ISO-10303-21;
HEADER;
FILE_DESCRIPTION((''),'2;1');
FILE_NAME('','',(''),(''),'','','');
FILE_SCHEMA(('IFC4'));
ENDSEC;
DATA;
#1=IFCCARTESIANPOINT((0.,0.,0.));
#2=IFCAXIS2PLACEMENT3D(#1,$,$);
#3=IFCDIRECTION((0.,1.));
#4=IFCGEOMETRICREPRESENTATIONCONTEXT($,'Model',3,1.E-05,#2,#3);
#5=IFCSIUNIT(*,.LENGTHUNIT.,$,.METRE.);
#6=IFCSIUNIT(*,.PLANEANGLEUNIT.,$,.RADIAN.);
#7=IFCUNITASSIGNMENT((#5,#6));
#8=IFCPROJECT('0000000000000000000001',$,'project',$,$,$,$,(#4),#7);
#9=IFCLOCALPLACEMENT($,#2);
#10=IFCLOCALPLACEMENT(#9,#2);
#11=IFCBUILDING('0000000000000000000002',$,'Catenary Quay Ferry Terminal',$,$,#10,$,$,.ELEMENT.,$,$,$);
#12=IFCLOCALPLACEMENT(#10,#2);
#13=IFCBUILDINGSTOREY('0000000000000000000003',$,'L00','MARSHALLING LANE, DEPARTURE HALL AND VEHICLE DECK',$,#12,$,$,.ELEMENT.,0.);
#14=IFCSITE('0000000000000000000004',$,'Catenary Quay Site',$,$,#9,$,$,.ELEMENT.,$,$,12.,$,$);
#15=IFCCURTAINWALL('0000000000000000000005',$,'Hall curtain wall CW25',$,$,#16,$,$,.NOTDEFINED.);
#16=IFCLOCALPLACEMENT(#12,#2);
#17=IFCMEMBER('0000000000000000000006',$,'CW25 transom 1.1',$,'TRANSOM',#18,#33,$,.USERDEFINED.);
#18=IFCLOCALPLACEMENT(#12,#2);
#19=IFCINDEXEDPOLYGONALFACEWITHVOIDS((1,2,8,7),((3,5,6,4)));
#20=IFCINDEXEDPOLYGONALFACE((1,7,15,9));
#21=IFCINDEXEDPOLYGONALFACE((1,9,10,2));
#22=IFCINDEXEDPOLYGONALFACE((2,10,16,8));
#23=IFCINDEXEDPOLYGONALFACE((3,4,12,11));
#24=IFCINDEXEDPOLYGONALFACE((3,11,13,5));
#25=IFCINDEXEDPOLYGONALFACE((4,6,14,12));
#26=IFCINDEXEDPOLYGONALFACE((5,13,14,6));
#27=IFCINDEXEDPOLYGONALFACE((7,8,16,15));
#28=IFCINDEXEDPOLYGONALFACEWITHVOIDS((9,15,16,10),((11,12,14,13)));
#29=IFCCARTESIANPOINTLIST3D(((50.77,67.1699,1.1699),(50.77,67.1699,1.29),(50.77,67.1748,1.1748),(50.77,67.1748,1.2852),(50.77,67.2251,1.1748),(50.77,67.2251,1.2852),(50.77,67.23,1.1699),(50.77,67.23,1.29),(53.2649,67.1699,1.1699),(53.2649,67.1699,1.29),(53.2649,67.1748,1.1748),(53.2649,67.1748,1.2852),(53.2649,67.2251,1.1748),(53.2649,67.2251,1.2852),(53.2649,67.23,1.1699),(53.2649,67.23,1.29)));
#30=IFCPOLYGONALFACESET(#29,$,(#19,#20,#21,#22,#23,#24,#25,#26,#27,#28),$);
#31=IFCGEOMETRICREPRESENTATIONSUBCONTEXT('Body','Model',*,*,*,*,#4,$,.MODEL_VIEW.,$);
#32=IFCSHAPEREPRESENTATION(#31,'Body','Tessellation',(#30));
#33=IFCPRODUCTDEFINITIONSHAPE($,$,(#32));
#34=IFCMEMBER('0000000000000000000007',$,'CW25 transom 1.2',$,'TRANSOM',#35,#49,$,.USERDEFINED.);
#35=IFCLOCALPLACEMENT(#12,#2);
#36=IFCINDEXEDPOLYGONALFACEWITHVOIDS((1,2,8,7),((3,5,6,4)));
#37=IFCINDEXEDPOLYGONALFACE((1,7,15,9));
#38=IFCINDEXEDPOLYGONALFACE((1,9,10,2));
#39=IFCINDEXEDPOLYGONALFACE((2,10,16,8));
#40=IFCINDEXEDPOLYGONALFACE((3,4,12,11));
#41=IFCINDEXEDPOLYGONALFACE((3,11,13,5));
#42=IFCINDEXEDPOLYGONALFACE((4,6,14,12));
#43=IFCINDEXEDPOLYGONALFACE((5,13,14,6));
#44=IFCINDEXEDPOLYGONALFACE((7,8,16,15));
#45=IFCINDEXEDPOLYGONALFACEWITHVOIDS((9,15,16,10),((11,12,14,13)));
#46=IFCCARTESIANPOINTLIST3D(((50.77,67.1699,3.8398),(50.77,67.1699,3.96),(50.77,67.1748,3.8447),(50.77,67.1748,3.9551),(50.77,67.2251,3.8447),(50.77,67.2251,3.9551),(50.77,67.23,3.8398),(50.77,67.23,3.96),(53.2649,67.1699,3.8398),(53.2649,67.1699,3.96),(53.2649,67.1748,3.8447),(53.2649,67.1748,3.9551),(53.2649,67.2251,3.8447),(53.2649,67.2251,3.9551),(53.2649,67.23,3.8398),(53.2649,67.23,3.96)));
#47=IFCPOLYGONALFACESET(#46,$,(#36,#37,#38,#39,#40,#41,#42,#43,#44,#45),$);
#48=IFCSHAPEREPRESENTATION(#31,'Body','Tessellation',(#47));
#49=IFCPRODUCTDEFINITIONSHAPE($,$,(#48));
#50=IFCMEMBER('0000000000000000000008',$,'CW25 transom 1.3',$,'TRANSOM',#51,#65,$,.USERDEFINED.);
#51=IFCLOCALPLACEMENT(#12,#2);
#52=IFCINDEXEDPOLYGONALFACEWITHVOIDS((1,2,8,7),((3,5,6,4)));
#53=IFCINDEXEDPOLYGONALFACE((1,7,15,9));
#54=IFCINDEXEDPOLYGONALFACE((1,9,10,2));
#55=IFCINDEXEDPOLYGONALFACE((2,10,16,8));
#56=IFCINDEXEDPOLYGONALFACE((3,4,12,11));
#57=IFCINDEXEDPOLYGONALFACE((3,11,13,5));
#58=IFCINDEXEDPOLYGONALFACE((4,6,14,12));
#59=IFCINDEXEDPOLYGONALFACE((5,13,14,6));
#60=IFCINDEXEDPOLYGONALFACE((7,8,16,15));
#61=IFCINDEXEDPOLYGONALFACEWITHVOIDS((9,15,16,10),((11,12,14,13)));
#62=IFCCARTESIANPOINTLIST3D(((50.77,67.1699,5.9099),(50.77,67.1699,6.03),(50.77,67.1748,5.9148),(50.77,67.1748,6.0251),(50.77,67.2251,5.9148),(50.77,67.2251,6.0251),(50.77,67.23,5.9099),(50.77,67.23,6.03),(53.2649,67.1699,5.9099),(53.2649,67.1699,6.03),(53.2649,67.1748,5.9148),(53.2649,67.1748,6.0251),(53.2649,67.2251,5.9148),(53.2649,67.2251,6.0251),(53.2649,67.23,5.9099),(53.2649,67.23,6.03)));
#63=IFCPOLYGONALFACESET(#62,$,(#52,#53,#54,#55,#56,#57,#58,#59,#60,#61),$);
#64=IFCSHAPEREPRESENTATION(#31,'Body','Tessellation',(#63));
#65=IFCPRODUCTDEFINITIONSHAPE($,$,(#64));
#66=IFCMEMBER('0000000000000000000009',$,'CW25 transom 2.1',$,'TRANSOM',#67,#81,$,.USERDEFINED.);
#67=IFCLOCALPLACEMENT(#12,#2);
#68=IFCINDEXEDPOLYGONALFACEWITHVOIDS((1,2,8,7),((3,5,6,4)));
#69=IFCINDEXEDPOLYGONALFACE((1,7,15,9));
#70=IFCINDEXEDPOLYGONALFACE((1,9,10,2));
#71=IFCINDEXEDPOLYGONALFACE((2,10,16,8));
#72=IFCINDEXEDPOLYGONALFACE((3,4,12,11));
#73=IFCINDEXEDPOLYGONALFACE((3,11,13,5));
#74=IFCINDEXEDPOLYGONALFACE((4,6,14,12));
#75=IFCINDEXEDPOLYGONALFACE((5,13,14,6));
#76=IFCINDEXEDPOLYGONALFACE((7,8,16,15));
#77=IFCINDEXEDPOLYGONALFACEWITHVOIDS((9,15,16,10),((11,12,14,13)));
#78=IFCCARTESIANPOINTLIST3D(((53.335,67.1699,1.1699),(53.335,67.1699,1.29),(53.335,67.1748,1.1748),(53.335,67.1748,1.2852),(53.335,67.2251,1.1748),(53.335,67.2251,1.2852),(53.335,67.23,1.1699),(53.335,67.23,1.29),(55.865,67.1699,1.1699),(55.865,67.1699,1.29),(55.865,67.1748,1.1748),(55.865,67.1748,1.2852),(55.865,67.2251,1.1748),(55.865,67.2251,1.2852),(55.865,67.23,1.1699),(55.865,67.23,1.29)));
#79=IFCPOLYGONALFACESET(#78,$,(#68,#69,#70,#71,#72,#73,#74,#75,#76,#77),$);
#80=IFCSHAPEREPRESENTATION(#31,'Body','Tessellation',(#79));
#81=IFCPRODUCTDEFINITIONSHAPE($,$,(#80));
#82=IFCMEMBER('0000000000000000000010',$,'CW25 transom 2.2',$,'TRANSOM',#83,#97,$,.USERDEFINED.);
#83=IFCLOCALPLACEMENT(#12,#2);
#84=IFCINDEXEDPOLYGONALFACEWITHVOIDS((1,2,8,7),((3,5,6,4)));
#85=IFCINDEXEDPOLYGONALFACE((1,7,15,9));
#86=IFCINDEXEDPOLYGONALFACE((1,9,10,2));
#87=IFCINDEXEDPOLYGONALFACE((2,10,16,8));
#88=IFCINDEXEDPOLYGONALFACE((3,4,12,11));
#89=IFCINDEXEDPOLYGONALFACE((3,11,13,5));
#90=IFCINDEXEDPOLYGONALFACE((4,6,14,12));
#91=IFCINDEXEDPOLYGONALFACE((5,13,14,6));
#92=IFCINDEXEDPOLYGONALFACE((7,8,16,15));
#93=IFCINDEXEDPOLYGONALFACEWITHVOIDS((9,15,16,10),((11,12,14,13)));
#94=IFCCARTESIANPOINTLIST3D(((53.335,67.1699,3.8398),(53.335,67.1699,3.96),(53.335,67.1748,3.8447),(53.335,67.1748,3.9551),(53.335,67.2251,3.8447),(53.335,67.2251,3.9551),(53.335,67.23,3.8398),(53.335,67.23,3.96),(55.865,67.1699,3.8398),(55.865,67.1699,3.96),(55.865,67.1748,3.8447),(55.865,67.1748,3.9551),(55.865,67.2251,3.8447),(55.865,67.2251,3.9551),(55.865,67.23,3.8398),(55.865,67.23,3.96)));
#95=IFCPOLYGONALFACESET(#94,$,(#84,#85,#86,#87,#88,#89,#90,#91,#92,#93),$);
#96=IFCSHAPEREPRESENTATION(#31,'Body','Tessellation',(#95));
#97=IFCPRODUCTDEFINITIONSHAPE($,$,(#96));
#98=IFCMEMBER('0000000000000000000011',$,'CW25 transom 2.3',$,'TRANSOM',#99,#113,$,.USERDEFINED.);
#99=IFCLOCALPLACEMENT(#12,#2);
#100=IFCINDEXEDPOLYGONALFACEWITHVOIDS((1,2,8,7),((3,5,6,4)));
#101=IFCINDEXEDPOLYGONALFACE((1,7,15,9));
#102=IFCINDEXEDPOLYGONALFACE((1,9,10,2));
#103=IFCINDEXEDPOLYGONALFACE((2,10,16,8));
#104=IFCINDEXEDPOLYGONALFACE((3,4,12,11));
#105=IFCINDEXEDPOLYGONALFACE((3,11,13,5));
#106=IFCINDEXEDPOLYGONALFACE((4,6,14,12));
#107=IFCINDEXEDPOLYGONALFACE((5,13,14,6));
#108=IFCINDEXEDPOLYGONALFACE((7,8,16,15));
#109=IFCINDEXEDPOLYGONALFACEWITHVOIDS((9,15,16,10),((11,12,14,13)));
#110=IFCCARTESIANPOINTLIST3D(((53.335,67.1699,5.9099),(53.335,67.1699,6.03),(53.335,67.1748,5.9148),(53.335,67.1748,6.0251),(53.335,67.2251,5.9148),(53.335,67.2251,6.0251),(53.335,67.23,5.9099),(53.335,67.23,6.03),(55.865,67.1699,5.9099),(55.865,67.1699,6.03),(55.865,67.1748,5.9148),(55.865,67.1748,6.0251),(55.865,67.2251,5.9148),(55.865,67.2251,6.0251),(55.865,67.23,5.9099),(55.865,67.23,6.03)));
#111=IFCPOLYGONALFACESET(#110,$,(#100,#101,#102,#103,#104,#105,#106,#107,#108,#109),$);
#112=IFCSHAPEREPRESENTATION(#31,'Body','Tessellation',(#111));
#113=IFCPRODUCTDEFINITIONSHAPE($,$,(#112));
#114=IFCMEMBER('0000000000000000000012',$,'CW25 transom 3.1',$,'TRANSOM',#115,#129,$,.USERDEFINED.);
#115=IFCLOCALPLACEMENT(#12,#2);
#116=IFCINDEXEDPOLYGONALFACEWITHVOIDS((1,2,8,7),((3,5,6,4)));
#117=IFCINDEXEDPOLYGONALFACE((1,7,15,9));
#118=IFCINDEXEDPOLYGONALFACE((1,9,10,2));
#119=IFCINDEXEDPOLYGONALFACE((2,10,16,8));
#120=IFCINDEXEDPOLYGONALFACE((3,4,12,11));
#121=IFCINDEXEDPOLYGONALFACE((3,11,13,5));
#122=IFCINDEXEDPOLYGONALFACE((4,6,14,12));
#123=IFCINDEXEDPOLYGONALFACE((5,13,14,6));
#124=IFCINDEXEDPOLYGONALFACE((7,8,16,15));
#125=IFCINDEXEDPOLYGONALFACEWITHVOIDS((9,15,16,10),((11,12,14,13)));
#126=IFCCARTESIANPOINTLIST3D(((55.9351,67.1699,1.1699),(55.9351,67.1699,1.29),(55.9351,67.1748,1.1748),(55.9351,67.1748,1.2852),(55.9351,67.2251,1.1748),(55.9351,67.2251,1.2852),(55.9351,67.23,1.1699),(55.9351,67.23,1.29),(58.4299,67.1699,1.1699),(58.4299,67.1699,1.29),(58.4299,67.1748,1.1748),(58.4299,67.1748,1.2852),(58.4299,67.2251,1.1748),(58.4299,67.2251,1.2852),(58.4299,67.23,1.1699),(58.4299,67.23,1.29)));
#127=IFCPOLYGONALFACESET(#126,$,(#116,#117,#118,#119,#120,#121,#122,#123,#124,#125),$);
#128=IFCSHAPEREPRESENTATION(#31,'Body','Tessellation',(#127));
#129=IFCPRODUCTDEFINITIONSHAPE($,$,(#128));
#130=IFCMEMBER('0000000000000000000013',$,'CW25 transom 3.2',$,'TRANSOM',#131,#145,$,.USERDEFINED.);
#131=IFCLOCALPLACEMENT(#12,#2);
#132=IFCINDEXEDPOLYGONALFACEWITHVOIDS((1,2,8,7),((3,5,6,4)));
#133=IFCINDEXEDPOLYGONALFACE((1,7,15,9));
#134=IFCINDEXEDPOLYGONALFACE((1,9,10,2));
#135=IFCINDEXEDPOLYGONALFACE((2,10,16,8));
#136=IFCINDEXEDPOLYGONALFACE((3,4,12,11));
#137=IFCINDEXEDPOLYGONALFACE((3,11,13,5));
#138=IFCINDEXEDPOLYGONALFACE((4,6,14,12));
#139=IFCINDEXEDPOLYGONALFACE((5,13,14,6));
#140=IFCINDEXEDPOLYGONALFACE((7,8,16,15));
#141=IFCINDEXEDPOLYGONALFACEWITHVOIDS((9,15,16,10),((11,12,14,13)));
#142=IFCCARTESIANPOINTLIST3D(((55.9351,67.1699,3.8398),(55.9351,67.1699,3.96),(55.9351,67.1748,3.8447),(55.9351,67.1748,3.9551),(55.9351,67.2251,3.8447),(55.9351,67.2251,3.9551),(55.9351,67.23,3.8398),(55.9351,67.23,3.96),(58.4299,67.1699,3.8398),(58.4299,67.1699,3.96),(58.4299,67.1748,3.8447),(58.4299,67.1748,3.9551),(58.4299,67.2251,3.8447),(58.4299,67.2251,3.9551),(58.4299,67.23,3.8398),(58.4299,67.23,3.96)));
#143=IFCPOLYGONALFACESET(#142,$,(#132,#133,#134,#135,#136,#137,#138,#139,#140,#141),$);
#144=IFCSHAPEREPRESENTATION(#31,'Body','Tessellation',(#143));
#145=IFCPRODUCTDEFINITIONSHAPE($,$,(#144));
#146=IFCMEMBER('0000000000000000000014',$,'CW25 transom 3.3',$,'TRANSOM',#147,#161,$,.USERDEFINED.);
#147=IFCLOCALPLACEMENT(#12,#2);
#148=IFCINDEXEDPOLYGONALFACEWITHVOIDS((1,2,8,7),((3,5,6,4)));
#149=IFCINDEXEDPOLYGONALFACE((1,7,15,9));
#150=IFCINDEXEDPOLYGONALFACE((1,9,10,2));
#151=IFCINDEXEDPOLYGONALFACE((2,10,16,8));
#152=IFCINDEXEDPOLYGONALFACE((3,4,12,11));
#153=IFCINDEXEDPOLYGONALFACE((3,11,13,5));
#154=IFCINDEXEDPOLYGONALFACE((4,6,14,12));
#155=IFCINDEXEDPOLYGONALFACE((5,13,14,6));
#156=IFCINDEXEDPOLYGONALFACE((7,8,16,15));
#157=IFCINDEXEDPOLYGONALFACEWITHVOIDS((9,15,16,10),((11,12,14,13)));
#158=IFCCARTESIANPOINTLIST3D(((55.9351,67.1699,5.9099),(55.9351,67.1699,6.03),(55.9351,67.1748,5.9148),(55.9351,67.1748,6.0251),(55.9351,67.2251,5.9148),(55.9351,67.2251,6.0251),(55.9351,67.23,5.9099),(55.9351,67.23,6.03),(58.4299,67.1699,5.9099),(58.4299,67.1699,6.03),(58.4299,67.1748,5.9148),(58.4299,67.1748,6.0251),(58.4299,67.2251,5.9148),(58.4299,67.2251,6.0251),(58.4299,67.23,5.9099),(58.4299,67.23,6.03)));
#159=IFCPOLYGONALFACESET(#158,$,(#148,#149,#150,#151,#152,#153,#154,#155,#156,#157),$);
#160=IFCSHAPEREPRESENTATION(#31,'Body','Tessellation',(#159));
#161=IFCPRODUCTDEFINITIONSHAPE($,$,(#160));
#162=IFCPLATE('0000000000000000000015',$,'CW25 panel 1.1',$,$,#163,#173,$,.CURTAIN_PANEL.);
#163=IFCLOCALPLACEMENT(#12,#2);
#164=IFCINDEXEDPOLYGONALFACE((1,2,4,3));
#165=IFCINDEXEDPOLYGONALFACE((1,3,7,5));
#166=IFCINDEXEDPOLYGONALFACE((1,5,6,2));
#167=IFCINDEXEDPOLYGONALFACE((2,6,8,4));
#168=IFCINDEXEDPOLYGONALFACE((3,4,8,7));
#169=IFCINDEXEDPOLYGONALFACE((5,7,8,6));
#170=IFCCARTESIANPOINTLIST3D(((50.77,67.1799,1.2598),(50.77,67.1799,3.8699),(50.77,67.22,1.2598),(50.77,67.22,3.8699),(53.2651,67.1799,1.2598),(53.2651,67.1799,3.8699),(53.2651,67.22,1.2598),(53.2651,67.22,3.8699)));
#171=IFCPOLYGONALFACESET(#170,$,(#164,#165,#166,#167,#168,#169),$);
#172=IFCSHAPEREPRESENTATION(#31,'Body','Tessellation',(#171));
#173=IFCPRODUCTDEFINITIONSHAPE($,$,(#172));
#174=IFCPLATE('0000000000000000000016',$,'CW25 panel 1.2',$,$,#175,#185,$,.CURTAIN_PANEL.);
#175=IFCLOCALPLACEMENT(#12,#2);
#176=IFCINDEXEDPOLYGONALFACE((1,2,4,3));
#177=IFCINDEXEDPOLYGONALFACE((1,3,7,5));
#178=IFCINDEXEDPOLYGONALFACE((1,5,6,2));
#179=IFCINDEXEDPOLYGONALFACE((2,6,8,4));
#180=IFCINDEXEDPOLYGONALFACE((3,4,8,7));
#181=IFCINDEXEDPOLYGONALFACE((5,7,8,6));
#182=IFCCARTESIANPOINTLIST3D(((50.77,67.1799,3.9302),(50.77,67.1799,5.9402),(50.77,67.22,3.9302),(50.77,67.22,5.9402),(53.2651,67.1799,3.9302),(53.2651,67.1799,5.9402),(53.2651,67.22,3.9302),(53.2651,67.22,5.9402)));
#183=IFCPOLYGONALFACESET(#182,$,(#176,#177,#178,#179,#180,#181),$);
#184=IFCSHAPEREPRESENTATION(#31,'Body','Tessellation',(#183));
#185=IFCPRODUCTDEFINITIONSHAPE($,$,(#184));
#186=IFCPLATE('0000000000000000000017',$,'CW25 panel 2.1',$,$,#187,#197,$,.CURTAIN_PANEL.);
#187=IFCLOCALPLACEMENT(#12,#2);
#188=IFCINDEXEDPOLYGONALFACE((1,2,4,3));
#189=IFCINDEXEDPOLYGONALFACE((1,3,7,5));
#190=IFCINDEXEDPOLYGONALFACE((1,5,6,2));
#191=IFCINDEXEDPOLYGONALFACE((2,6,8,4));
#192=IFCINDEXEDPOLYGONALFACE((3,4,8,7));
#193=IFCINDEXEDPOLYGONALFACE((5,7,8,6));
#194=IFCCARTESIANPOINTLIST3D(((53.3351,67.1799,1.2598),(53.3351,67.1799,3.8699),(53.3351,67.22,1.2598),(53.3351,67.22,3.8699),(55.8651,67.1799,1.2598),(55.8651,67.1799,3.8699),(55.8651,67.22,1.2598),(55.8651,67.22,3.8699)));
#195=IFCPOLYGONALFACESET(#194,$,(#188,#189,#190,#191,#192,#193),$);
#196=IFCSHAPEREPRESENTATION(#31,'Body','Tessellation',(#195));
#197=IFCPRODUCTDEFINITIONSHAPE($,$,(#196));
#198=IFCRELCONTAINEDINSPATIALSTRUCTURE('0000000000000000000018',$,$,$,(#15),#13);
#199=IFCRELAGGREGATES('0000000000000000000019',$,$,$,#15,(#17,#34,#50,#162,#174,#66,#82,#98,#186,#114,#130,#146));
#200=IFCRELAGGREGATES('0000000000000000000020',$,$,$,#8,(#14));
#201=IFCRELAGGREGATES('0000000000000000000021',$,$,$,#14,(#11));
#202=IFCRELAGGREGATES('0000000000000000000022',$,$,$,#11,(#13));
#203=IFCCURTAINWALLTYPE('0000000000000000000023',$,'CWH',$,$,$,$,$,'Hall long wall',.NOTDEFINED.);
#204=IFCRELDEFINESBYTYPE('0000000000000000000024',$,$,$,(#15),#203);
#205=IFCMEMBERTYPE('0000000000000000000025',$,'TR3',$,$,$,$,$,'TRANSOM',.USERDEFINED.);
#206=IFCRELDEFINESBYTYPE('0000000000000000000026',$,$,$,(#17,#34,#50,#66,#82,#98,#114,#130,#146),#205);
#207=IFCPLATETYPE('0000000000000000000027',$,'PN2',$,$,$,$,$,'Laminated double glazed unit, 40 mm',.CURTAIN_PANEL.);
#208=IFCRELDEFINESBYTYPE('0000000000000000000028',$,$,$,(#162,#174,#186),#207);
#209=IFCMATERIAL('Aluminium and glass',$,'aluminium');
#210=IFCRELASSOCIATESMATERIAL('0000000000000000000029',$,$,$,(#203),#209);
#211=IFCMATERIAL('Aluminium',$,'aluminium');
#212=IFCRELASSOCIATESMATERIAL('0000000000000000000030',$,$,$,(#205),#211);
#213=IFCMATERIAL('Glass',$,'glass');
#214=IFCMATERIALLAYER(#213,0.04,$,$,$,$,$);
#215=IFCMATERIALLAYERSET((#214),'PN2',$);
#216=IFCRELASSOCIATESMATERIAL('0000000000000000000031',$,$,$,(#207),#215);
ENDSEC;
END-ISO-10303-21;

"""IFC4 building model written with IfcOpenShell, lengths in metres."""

from ifc_helpers import new_model, si_unit, direction, frame, origin, origin_2d, place, context, subcontext, project, spatial, rectangle, hollow_rectangle, extrude, material, layer, layer_set, material_profile, profile_set, type_object, element, aggregate, save


model = new_model("IFC4")

# Units and contexts
model_context = context("Model", 3, precision=1e-05, world=origin(), true_north=direction((0.0, 1.0)))
body_context = subcontext(model_context, "Body", "Model", "MODEL_VIEW")
ifc_project = project(units=[si_unit("LENGTHUNIT", "METRE"), si_unit("PLANEANGLEUNIT", "RADIAN")], contexts=[model_context])

# Site, building, storey
site_placement = place(None, origin())
site = spatial("IfcSite", under=ifc_project, at=site_placement, Name="Catenary Quay Site", CompositionType="ELEMENT", RefElevation=12.0)
building_placement = place(site_placement, origin())
building = spatial("IfcBuilding", under=site, at=building_placement, Name="Catenary Quay Ferry Terminal", CompositionType="ELEMENT")
storey_placement = place(building_placement, origin())
storey = spatial("IfcBuildingStorey", under=building, at=storey_placement, Name="L00", Description="MARSHALLING LANE, DEPARTURE HALL AND VEHICLE DECK", CompositionType="ELEMENT", Elevation=0.0)

# Curtain wall, members, plates
ifc_material_1 = material(Name="Aluminium and glass", Category="aluminium")
curtain_wall_type = type_object("IfcCurtainWallType", Name="CWH", ElementType="Hall long wall", PredefinedType="NOTDEFINED", material=ifc_material_1)
curtain_wall_placement = place(storey_placement, origin())
curtain_wall = element("IfcCurtainWall", 1, at=curtain_wall_placement, inside=storey, type_object=curtain_wall_type, Name="Hall curtain wall CW25", PredefinedType="NOTDEFINED")
ifc_material_2 = material(Name="Aluminium", Category="aluminium")
ifc_material_profile_1 = material_profile(ifc_material_2, hollow_rectangle(XDim=0.0601, YDim=0.1201, WallThickness=0.0049, at=origin_2d()), Name="TR3")
ifc_profile_set_1 = profile_set([ifc_material_profile_1], Name="Aluminium")
member_type_1 = type_object("IfcMemberType", Name="TR3", ElementType="TRANSOM", PredefinedType="USERDEFINED", material=ifc_profile_set_1)
member_1_placement = place(storey_placement, frame((50.77, 67.2, 1.23), z_axis=(1.0, 0.0, 0.0), x_axis=(0.0, 1.0, 0.0)))
member_1 = element("IfcMember", 2, at=member_1_placement, type_object=member_type_1, Name="CW25 transom 1.1", ObjectType="TRANSOM", PredefinedType="USERDEFINED", context=body_context, shape_type="SweptSolid", body=[
    extrude(hollow_rectangle(XDim=0.0601, YDim=0.1201, WallThickness=0.0049, at=origin_2d()), origin(), (0.0, 0.0, 1.0), 2.4949),
])
member_2_placement = place(storey_placement, frame((50.77, 67.2, 3.8999), z_axis=(1.0, 0.0, 0.0), x_axis=(0.0, 1.0, 0.0)))
member_2 = element("IfcMember", 3, at=member_2_placement, type_object=member_type_1, Name="CW25 transom 1.2", ObjectType="TRANSOM", PredefinedType="USERDEFINED", context=body_context, shape_type="SweptSolid", body=[
    extrude(hollow_rectangle(XDim=0.0601, YDim=0.1201, WallThickness=0.0049, at=origin_2d()), origin(), (0.0, 0.0, 1.0), 2.4949),
])
member_3_placement = place(storey_placement, frame((50.77, 67.2, 5.97), z_axis=(1.0, 0.0, 0.0), x_axis=(0.0, 1.0, 0.0)))
member_3 = element("IfcMember", 4, at=member_3_placement, type_object=member_type_1, Name="CW25 transom 1.3", ObjectType="TRANSOM", PredefinedType="USERDEFINED", context=body_context, shape_type="SweptSolid", body=[
    extrude(hollow_rectangle(XDim=0.0601, YDim=0.1201, WallThickness=0.0049, at=origin_2d()), origin(), (0.0, 0.0, 1.0), 2.4949),
])
member_4_placement = place(storey_placement, frame((53.335, 67.2, 1.23), z_axis=(1.0, 0.0, 0.0), x_axis=(0.0, 1.0, 0.0)))
member_4 = element("IfcMember", 5, at=member_4_placement, type_object=member_type_1, Name="CW25 transom 2.1", ObjectType="TRANSOM", PredefinedType="USERDEFINED", context=body_context, shape_type="SweptSolid", body=[
    extrude(hollow_rectangle(XDim=0.0601, YDim=0.1201, WallThickness=0.0049, at=origin_2d()), origin(), (0.0, 0.0, 1.0), 2.53),
])
member_5_placement = place(storey_placement, frame((53.335, 67.2, 3.8999), z_axis=(1.0, 0.0, 0.0), x_axis=(0.0, 1.0, 0.0)))
member_5 = element("IfcMember", 6, at=member_5_placement, type_object=member_type_1, Name="CW25 transom 2.2", ObjectType="TRANSOM", PredefinedType="USERDEFINED", context=body_context, shape_type="SweptSolid", body=[
    extrude(hollow_rectangle(XDim=0.0601, YDim=0.1201, WallThickness=0.0049, at=origin_2d()), origin(), (0.0, 0.0, 1.0), 2.53),
])
member_6_placement = place(storey_placement, frame((53.335, 67.2, 5.97), z_axis=(1.0, 0.0, 0.0), x_axis=(0.0, 1.0, 0.0)))
member_6 = element("IfcMember", 7, at=member_6_placement, type_object=member_type_1, Name="CW25 transom 2.3", ObjectType="TRANSOM", PredefinedType="USERDEFINED", context=body_context, shape_type="SweptSolid", body=[
    extrude(hollow_rectangle(XDim=0.0601, YDim=0.1201, WallThickness=0.0049, at=origin_2d()), origin(), (0.0, 0.0, 1.0), 2.53),
])
member_7_placement = place(storey_placement, frame((55.9351, 67.2, 1.23), z_axis=(1.0, 0.0, 0.0), x_axis=(0.0, 1.0, 0.0)))
member_7 = element("IfcMember", 8, at=member_7_placement, type_object=member_type_1, Name="CW25 transom 3.1", ObjectType="TRANSOM", PredefinedType="USERDEFINED", context=body_context, shape_type="SweptSolid", body=[
    extrude(hollow_rectangle(XDim=0.0601, YDim=0.1201, WallThickness=0.0049, at=origin_2d()), origin(), (0.0, 0.0, 1.0), 2.4949),
])
member_8_placement = place(storey_placement, frame((55.9351, 67.2, 3.8999), z_axis=(1.0, 0.0, 0.0), x_axis=(0.0, 1.0, 0.0)))
member_8 = element("IfcMember", 9, at=member_8_placement, type_object=member_type_1, Name="CW25 transom 3.2", ObjectType="TRANSOM", PredefinedType="USERDEFINED", context=body_context, shape_type="SweptSolid", body=[
    extrude(hollow_rectangle(XDim=0.0601, YDim=0.1201, WallThickness=0.0049, at=origin_2d()), origin(), (0.0, 0.0, 1.0), 2.4949),
])
member_9_placement = place(storey_placement, frame((55.9351, 67.2, 5.97), z_axis=(1.0, 0.0, 0.0), x_axis=(0.0, 1.0, 0.0)))
member_9 = element("IfcMember", 10, at=member_9_placement, type_object=member_type_1, Name="CW25 transom 3.3", ObjectType="TRANSOM", PredefinedType="USERDEFINED", context=body_context, shape_type="SweptSolid", body=[
    extrude(hollow_rectangle(XDim=0.0601, YDim=0.1201, WallThickness=0.0049, at=origin_2d()), origin(), (0.0, 0.0, 1.0), 2.4949),
])
ifc_material_3 = material(Name="Glass", Category="glass")
ifc_layer_1 = layer(ifc_material_3, 0.04)
ifc_layer_set_1 = layer_set([ifc_layer_1], Name="PN2")
plate_type = type_object("IfcPlateType", Name="PN2", ElementType="Laminated double glazed unit, 40 mm", PredefinedType="CURTAIN_PANEL", material=ifc_layer_set_1)
plate_1_placement = place(storey_placement, frame((52.0176, 67.2, 1.2598), z_axis=(0.0, 0.0, 1.0), x_axis=(1.0, 0.0, 0.0)))
plate_1 = element("IfcPlate", 11, at=plate_1_placement, type_object=plate_type, Name="CW25 panel 1.1", PredefinedType="CURTAIN_PANEL", context=body_context, shape_type="SweptSolid", body=[
    extrude(rectangle(XDim=2.4951, YDim=0.04, at=origin_2d()), origin(), (0.0, 0.0, 1.0), 2.6101),
])
plate_2_placement = place(storey_placement, frame((52.0176, 67.2, 3.9302), z_axis=(0.0, 0.0, 1.0), x_axis=(1.0, 0.0, 0.0)))
plate_2 = element("IfcPlate", 12, at=plate_2_placement, type_object=plate_type, Name="CW25 panel 1.2", PredefinedType="CURTAIN_PANEL", context=body_context, shape_type="SweptSolid", body=[
    extrude(rectangle(XDim=2.4951, YDim=0.04, at=origin_2d()), origin(), (0.0, 0.0, 1.0), 2.01),
])
plate_3_placement = place(storey_placement, frame((54.6001, 67.2, 1.2598), z_axis=(0.0, 0.0, 1.0), x_axis=(1.0, 0.0, 0.0)))
plate_3 = element("IfcPlate", 13, at=plate_3_placement, type_object=plate_type, Name="CW25 panel 2.1", PredefinedType="CURTAIN_PANEL", context=body_context, shape_type="SweptSolid", body=[
    extrude(rectangle(XDim=2.53, YDim=0.04, at=origin_2d()), origin(), (0.0, 0.0, 1.0), 2.6101),
])
aggregate(curtain_wall, [member_1, member_2, member_3, plate_1, plate_2, member_4, member_5, member_6, plate_3, member_7, member_8, member_9])

save(model, "model.ifc")
